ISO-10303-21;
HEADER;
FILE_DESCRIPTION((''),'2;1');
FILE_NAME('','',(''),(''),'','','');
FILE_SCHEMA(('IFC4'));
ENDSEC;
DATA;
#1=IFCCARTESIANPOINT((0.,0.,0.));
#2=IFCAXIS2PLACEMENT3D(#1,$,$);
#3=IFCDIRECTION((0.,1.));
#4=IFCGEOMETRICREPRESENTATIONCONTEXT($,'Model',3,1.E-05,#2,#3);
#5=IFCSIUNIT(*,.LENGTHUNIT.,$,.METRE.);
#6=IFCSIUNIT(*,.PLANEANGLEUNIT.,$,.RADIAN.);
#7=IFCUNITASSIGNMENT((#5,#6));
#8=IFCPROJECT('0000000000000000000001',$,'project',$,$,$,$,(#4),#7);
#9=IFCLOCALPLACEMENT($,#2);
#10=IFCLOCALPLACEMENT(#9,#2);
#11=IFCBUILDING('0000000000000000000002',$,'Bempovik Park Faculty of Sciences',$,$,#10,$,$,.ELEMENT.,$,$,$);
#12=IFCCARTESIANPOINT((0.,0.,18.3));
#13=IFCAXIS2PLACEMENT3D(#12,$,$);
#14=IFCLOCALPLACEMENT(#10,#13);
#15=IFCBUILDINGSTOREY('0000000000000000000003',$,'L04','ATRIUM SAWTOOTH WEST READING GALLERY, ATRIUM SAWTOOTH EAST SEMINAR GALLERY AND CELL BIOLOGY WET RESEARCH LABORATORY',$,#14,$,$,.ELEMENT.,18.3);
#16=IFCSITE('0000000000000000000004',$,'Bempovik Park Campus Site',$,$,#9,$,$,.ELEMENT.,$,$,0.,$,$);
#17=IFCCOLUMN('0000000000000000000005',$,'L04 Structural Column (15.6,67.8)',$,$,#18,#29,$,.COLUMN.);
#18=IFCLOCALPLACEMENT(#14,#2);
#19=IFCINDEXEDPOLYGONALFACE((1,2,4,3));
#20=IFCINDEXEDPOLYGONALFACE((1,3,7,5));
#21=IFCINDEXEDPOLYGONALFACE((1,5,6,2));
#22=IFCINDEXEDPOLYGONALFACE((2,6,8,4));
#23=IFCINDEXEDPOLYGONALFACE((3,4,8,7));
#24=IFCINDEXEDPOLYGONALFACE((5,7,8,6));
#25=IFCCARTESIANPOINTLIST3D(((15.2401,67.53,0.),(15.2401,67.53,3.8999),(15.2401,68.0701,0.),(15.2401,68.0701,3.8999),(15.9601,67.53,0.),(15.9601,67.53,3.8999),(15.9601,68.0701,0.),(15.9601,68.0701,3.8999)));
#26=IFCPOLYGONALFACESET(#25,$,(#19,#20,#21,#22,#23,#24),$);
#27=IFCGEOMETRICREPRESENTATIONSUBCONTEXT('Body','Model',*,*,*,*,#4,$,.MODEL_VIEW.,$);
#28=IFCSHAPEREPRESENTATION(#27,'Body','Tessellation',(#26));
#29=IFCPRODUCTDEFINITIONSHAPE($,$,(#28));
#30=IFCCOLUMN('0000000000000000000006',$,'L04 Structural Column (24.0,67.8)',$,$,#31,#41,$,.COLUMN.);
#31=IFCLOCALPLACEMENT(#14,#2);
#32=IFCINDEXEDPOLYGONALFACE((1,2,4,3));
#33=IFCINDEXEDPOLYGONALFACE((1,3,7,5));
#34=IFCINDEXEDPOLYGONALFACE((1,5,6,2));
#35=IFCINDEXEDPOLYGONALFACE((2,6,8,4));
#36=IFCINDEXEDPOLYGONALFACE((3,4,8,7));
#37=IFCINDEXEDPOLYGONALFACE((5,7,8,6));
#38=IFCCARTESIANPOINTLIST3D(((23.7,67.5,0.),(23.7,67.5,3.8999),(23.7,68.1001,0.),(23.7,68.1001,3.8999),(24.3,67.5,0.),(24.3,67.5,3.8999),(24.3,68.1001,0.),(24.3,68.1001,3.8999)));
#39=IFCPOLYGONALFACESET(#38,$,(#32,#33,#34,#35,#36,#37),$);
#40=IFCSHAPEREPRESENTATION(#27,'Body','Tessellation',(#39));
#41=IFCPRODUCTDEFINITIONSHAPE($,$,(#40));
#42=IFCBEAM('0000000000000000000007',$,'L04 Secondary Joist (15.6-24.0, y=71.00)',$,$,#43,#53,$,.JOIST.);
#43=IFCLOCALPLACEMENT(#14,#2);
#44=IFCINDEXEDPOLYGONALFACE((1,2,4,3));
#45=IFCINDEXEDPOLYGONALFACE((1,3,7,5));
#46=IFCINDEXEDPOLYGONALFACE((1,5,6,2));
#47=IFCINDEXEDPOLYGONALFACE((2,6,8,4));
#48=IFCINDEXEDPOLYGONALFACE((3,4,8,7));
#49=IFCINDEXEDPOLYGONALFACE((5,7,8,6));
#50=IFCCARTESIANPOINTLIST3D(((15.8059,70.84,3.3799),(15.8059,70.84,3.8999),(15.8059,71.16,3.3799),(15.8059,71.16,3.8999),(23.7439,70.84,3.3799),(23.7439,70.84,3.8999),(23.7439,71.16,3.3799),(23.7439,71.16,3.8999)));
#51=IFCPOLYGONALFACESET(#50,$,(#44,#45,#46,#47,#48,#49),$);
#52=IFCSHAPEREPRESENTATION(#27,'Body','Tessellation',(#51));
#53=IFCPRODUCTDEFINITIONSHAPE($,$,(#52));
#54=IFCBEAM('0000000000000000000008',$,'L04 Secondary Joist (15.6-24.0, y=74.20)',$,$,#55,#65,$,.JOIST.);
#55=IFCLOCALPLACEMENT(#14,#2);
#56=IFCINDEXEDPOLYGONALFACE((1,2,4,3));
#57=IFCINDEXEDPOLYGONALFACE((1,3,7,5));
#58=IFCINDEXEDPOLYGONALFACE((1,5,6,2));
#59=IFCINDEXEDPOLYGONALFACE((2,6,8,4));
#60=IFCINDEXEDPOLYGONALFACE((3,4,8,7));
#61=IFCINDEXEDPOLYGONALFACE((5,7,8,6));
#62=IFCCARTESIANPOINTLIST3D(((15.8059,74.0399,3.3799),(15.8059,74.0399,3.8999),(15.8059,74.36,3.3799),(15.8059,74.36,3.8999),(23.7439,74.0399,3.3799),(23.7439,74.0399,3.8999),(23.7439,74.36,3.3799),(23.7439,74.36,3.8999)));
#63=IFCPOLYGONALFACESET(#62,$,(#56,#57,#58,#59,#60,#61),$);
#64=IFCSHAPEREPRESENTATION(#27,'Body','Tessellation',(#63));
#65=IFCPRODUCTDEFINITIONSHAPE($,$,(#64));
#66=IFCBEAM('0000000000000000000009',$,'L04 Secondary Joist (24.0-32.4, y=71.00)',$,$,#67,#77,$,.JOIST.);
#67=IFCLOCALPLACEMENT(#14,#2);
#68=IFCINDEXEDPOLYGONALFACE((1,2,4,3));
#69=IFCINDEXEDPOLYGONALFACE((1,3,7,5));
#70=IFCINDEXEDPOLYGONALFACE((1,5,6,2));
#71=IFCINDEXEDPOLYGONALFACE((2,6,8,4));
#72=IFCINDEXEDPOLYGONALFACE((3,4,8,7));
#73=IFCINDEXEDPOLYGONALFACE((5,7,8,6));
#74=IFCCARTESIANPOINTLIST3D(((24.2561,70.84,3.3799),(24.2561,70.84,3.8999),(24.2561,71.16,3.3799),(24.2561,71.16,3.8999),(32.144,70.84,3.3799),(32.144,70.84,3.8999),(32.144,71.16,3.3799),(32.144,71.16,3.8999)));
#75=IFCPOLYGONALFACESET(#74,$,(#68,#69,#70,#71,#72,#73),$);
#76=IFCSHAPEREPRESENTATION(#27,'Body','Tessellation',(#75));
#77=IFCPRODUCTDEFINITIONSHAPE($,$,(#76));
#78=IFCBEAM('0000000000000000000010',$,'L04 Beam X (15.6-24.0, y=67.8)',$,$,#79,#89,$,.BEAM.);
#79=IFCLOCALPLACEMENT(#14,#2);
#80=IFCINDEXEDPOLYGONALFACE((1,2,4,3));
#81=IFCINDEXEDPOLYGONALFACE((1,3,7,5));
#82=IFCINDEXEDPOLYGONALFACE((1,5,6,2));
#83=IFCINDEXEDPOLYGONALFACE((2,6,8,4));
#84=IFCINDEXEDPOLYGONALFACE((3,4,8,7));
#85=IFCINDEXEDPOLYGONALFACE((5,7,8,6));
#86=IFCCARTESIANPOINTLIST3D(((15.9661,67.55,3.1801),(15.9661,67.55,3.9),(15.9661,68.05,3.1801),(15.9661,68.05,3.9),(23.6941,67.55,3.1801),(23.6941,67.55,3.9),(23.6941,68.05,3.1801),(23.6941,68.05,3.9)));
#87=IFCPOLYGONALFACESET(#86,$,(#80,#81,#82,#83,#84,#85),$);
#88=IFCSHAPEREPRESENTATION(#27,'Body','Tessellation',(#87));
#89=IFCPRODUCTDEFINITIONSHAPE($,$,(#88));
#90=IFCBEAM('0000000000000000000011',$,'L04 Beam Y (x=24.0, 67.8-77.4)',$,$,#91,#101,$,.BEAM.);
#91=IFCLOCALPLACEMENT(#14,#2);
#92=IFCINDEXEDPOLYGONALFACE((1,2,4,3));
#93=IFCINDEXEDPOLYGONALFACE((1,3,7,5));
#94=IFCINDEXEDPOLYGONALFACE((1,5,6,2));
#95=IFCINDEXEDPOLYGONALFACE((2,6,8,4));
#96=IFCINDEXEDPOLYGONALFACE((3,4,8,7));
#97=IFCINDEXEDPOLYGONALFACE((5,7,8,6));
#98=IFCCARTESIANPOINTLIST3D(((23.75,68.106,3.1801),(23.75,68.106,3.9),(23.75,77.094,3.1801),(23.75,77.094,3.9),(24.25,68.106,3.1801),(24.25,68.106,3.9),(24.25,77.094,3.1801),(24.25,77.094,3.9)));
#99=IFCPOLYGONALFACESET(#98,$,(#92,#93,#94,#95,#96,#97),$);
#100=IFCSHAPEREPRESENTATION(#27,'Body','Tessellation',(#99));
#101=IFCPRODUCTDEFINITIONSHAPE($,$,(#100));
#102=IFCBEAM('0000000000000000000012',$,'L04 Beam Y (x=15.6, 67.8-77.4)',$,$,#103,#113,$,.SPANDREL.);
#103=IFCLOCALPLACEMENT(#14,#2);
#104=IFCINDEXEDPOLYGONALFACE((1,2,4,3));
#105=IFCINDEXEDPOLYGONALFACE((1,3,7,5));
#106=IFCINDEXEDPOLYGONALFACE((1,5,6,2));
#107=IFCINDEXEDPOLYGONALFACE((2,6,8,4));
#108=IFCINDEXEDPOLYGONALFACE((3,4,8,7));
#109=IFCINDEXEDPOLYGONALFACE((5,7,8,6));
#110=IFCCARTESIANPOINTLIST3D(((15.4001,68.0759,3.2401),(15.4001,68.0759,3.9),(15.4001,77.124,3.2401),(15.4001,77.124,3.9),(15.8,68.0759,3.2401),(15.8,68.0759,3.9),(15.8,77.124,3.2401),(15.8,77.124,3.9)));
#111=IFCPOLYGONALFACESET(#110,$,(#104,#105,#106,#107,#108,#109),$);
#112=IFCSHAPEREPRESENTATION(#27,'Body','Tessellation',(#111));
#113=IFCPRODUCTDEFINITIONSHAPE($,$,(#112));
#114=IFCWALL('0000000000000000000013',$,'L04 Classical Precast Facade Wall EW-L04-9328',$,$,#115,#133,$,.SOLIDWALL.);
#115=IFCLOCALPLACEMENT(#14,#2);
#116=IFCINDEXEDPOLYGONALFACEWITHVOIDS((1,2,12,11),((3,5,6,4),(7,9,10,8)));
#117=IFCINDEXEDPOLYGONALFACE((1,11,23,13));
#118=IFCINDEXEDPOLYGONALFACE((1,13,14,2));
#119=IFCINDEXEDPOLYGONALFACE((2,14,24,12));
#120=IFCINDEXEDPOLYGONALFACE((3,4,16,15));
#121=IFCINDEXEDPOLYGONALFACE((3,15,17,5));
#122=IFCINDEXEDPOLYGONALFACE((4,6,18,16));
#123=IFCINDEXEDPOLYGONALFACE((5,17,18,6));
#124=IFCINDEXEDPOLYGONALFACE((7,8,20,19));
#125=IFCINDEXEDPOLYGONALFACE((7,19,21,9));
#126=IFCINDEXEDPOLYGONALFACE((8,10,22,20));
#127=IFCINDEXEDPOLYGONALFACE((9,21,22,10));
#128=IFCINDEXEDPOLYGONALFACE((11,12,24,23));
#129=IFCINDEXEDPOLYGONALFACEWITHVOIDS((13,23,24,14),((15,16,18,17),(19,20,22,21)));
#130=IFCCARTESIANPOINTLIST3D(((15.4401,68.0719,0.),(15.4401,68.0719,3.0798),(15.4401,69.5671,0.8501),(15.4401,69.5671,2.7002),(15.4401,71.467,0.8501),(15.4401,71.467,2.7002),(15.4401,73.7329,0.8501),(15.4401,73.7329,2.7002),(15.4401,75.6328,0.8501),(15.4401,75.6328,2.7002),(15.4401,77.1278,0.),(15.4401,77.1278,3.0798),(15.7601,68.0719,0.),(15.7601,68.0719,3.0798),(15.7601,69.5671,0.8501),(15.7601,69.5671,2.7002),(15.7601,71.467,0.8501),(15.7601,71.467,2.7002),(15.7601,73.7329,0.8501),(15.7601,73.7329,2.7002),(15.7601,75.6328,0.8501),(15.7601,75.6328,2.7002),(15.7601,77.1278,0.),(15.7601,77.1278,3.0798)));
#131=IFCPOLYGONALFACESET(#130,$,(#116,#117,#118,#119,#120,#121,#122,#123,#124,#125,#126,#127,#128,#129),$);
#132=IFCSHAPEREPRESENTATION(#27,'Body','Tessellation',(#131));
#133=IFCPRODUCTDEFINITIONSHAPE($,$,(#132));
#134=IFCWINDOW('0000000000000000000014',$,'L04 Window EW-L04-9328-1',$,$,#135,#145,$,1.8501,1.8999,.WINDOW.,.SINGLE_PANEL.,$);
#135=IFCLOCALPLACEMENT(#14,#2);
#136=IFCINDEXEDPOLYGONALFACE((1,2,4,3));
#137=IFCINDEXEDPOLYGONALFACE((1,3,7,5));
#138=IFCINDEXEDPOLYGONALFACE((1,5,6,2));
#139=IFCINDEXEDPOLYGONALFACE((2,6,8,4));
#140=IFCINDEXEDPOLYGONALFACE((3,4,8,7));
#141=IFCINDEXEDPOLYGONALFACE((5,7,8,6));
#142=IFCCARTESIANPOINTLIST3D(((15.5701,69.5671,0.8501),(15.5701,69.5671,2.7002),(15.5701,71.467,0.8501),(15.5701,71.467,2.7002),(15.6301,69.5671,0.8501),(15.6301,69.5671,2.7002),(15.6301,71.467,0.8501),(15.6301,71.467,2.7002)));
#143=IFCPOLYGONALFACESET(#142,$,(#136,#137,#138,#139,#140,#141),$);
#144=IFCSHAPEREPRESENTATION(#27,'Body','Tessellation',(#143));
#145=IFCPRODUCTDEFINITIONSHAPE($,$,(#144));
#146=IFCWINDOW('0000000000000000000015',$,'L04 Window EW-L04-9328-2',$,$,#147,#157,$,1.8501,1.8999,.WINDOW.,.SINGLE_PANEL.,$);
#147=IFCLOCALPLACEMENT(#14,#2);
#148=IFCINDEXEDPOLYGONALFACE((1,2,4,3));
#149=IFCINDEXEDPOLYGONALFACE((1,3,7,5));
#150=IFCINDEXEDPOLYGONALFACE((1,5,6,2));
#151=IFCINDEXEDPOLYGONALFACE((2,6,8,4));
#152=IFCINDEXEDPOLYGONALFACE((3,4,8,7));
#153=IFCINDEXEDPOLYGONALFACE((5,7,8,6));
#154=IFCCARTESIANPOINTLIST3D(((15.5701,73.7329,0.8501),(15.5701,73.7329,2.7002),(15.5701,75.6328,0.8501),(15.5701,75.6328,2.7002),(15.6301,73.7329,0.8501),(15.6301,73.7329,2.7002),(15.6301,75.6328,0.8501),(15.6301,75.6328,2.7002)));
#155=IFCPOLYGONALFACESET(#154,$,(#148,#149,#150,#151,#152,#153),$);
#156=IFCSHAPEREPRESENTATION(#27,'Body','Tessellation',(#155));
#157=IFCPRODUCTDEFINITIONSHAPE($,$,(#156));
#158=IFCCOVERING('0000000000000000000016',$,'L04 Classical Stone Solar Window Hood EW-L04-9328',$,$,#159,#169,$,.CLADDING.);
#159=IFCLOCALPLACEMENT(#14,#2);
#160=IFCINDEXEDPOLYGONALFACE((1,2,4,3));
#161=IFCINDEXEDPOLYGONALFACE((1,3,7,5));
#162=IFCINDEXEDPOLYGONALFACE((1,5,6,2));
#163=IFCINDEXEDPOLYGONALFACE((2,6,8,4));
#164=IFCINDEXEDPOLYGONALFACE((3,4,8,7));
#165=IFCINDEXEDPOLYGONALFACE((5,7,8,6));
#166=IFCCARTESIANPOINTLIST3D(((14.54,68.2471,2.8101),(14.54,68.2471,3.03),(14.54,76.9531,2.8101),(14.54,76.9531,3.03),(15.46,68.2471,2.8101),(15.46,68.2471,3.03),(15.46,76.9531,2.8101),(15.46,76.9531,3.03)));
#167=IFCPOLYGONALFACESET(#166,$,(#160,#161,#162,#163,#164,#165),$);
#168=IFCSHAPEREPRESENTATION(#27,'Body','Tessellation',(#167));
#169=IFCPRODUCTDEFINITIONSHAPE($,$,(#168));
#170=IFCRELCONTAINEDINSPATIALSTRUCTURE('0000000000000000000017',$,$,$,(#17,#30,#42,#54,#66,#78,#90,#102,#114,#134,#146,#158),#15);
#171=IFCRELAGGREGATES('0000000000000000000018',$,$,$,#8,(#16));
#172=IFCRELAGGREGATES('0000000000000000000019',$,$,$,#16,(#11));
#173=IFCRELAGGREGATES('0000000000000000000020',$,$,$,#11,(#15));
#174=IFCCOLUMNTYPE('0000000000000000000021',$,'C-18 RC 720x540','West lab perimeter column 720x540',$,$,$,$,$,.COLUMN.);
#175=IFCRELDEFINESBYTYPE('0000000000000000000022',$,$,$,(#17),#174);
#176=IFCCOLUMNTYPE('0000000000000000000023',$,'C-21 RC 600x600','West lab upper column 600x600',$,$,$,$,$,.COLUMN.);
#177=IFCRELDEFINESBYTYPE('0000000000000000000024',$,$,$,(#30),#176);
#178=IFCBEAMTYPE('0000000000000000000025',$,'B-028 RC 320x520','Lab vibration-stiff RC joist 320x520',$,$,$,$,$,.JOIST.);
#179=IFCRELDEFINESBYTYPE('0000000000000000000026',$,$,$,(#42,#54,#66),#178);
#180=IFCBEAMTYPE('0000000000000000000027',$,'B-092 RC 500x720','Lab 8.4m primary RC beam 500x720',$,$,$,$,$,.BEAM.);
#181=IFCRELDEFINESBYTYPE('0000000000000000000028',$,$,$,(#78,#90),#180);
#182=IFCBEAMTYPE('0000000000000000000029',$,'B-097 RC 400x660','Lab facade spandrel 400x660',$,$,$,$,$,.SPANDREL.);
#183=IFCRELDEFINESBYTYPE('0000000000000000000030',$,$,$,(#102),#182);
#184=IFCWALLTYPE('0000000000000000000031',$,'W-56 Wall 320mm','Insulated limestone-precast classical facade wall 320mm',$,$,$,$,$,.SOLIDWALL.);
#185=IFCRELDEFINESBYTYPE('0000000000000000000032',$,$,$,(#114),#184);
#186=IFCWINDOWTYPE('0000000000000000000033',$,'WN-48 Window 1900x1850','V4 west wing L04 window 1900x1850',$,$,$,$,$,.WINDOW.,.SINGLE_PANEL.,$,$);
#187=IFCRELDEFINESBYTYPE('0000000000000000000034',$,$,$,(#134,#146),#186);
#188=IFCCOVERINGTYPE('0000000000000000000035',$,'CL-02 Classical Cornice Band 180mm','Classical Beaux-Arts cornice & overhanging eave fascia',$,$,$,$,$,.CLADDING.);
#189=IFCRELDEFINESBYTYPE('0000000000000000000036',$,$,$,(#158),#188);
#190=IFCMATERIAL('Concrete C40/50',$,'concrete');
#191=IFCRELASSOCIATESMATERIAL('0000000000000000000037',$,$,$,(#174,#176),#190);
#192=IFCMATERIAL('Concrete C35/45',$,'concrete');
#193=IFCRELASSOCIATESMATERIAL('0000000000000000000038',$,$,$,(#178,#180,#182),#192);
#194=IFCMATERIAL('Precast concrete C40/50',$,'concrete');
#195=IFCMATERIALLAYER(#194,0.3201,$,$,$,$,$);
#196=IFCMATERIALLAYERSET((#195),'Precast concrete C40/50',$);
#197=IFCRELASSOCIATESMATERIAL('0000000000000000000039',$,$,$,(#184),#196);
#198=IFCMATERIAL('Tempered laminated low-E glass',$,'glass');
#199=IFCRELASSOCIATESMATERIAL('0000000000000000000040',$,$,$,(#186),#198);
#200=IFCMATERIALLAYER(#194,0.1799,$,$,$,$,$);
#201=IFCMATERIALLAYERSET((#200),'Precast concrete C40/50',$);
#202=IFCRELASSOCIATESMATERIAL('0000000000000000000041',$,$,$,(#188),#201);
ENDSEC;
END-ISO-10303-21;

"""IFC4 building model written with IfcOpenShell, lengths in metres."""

from ifc_helpers import new_model, si_unit, direction, frame, frame_2d, origin, origin_2d, place, context, subcontext, project, spatial, rectangle, extrude, material, layer, layer_set, material_profile, profile_set, type_object, element, fill, save


model = new_model("IFC4")

# Units and contexts
model_context = context("Model", 3, precision=1e-05, world=origin(), true_north=direction((0.0, 1.0)))
body_context = subcontext(model_context, "Body", "Model", "MODEL_VIEW")
ifc_project = project(units=[si_unit("LENGTHUNIT", "METRE"), si_unit("PLANEANGLEUNIT", "RADIAN")], contexts=[model_context])

# Site, building, storey
site_placement = place(None, origin())
site = spatial("IfcSite", under=ifc_project, at=site_placement, Name="Bempovik Park Campus Site", CompositionType="ELEMENT", RefElevation=0.0)
building_placement = place(site_placement, origin())
building = spatial("IfcBuilding", under=site, at=building_placement, Name="Bempovik Park Faculty of Sciences", CompositionType="ELEMENT")
storey_placement = place(building_placement, frame((0.0, 0.0, 18.3)))
storey = spatial("IfcBuildingStorey", under=building, at=storey_placement, Name="L04", Description="ATRIUM SAWTOOTH WEST READING GALLERY, ATRIUM SAWTOOTH EAST SEMINAR GALLERY AND CELL BIOLOGY WET RESEARCH LABORATORY", CompositionType="ELEMENT", Elevation=18.3)

# Columns
ifc_material_1 = material(Name="Concrete C40/50", Category="concrete")
ifc_material_profile_1 = material_profile(ifc_material_1, rectangle(XDim=0.72, YDim=0.54, at=origin_2d()), Name="RC 720x540")
ifc_profile_set_1 = profile_set([ifc_material_profile_1], Name="Concrete C40/50")
column_type_1 = type_object("IfcColumnType", Name="C-18 RC 720x540", Description="West lab perimeter column 720x540", PredefinedType="COLUMN", material=ifc_profile_set_1)
column_1_placement = place(storey_placement, frame((15.6001, 67.8, 0.0), z_axis=(0.0, 0.0, 1.0), x_axis=(1.0, 0.0, 0.0)))
element("IfcColumn", 1, at=column_1_placement, inside=storey, type_object=column_type_1, Name="L04 Structural Column (15.6,67.8)", PredefinedType="COLUMN", context=body_context, shape_type="SweptSolid", body=[
    extrude(rectangle(XDim=0.72, YDim=0.54, at=origin_2d()), origin(), (0.0, 0.0, 1.0), 3.8999),
])
ifc_material_profile_2 = material_profile(ifc_material_1, rectangle(XDim=0.6001, YDim=0.6001, at=origin_2d()), Name="RC 600x600")
ifc_profile_set_2 = profile_set([ifc_material_profile_2], Name="Concrete C40/50")
column_type_2 = type_object("IfcColumnType", Name="C-21 RC 600x600", Description="West lab upper column 600x600", PredefinedType="COLUMN", material=ifc_profile_set_2)
column_2_placement = place(storey_placement, frame((24.0, 67.8, 0.0), z_axis=(0.0, 0.0, 1.0), x_axis=(1.0, 0.0, 0.0)))
element("IfcColumn", 2, at=column_2_placement, inside=storey, type_object=column_type_2, Name="L04 Structural Column (24.0,67.8)", PredefinedType="COLUMN", context=body_context, shape_type="SweptSolid", body=[
    extrude(rectangle(XDim=0.6001, YDim=0.6001, at=origin_2d()), origin(), (0.0, 0.0, 1.0), 3.8999),
])

# Beams
ifc_material_2 = material(Name="Concrete C35/45", Category="concrete")
ifc_material_profile_3 = material_profile(ifc_material_2, rectangle(XDim=0.3201, YDim=0.52, at=origin_2d()), Name="RC 320x520")
ifc_profile_set_3 = profile_set([ifc_material_profile_3], Name="Concrete C35/45")
beam_type_1 = type_object("IfcBeamType", Name="B-028 RC 320x520", Description="Lab vibration-stiff RC joist 320x520", PredefinedType="JOIST", material=ifc_profile_set_3)
for number, where, z_axis, x_axis, name in (
    (3, (15.8059, 71.0, 3.6399), (1.0, 0.0, 0.0), (0.0, 1.0, 0.0), "L04 Secondary Joist (15.6-24.0, y=71.00)"),
    (4, (15.8059, 74.2, 3.6399), (1.0, 0.0, 0.0), (0.0, 1.0, 0.0), "L04 Secondary Joist (15.6-24.0, y=74.20)"),
):
    element("IfcBeam", number, at=place(storey_placement, frame(where, z_axis=z_axis, x_axis=x_axis)), inside=storey, type_object=beam_type_1, Name=name, PredefinedType="JOIST", context=body_context, shape_type="SweptSolid", body=[
        extrude(rectangle(XDim=0.3201, YDim=0.52, at=origin_2d()), origin(), (0.0, 0.0, 1.0), 7.938),
    ])
beam_1_placement = place(storey_placement, frame((24.2561, 71.0, 3.6399), z_axis=(1.0, 0.0, 0.0), x_axis=(0.0, 1.0, 0.0)))
element("IfcBeam", 5, at=beam_1_placement, inside=storey, type_object=beam_type_1, Name="L04 Secondary Joist (24.0-32.4, y=71.00)", PredefinedType="JOIST", context=body_context, shape_type="SweptSolid", body=[
    extrude(rectangle(XDim=0.3201, YDim=0.52, at=origin_2d()), origin(), (0.0, 0.0, 1.0), 7.8879),
])
ifc_material_profile_4 = material_profile(ifc_material_2, rectangle(XDim=0.5, YDim=0.72, at=origin_2d()), Name="RC 500x720")
ifc_profile_set_4 = profile_set([ifc_material_profile_4], Name="Concrete C35/45")
beam_type_2 = type_object("IfcBeamType", Name="B-092 RC 500x720", Description="Lab 8.4m primary RC beam 500x720", PredefinedType="BEAM", material=ifc_profile_set_4)
beam_2_placement = place(storey_placement, frame((15.9661, 67.8, 3.54), z_axis=(1.0, 0.0, 0.0), x_axis=(0.0, 1.0, 0.0)))
element("IfcBeam", 6, at=beam_2_placement, inside=storey, type_object=beam_type_2, Name="L04 Beam X (15.6-24.0, y=67.8)", PredefinedType="BEAM", context=body_context, shape_type="SweptSolid", body=[
    extrude(rectangle(XDim=0.5, YDim=0.72, at=origin_2d()), origin(), (0.0, 0.0, 1.0), 7.728),
])
beam_3_placement = place(storey_placement, frame((24.0, 68.106, 3.54), z_axis=(0.0, 1.0, 0.0), x_axis=(-1.0, 0.0, 0.0)))
element("IfcBeam", 7, at=beam_3_placement, inside=storey, type_object=beam_type_2, Name="L04 Beam Y (x=24.0, 67.8-77.4)", PredefinedType="BEAM", context=body_context, shape_type="SweptSolid", body=[
    extrude(rectangle(XDim=0.5, YDim=0.72, at=origin_2d()), origin(), (0.0, 0.0, 1.0), 8.988),
])
ifc_material_profile_5 = material_profile(ifc_material_2, rectangle(XDim=0.3999, YDim=0.6599, at=origin_2d()), Name="RC 400x660")
ifc_profile_set_5 = profile_set([ifc_material_profile_5], Name="Concrete C35/45")
beam_type_3 = type_object("IfcBeamType", Name="B-097 RC 400x660", Description="Lab facade spandrel 400x660", PredefinedType="SPANDREL", material=ifc_profile_set_5)
beam_4_placement = place(storey_placement, frame((15.6001, 68.0759, 3.5701), z_axis=(0.0, 1.0, 0.0), x_axis=(-1.0, 0.0, 0.0)))
element("IfcBeam", 8, at=beam_4_placement, inside=storey, type_object=beam_type_3, Name="L04 Beam Y (x=15.6, 67.8-77.4)", PredefinedType="SPANDREL", context=body_context, shape_type="SweptSolid", body=[
    extrude(rectangle(XDim=0.3999, YDim=0.6599, at=origin_2d()), origin(), (0.0, 0.0, 1.0), 9.0481),
])

# Wall, openings, windows
ifc_material_3 = material(Name="Precast concrete C40/50", Category="concrete")
ifc_layer_1 = layer(ifc_material_3, 0.3201)
ifc_layer_set_1 = layer_set([ifc_layer_1], Name="Precast concrete C40/50")
wall_type = type_object("IfcWallType", Name="W-56 Wall 320mm", Description="Insulated limestone-precast classical facade wall 320mm", PredefinedType="SOLIDWALL", material=ifc_layer_set_1)
wall_placement = place(storey_placement, frame((15.6001, 68.072, 0.0), z_axis=(0.0, 0.0, 1.0), x_axis=(0.0, 1.0, 0.0)))
wall = element("IfcWall", 9, at=wall_placement, inside=storey, type_object=wall_type, Name="L04 Classical Precast Facade Wall EW-L04-9328", PredefinedType="SOLIDWALL", context=body_context, shape_type="SweptSolid", body=[
    extrude(rectangle(XDim=9.0559, YDim=0.3201, at=frame_2d((4.5278, 0.0))), origin(), (0.0, 0.0, 1.0), 3.0798),
])
opening_1_placement = place(wall_placement, frame((1.4951, 0.0, 0.8501)))
opening_1 = element("IfcOpeningElement", 10, at=opening_1_placement, cuts=wall, PredefinedType="OPENING", context=body_context, shape_type="SweptSolid", body=[
    extrude(rectangle(XDim=1.8999, YDim=1.8501, at=frame_2d((0.95, 0.925))), frame((0.0, 0.1699, 0.0), z_axis=(0.0, -1.0, 0.0), x_axis=(1.0, 0.0, 0.0)), (0.0, 0.0, 1.0), 0.3401),
])
opening_2_placement = place(wall_placement, frame((5.6609, 0.0, 0.8501)))
opening_2 = element("IfcOpeningElement", 11, at=opening_2_placement, cuts=wall, PredefinedType="OPENING", context=body_context, shape_type="SweptSolid", body=[
    extrude(rectangle(XDim=1.8999, YDim=1.8501, at=frame_2d((0.95, 0.925))), frame((0.0, 0.1699, 0.0), z_axis=(0.0, -1.0, 0.0), x_axis=(1.0, 0.0, 0.0)), (0.0, 0.0, 1.0), 0.3401),
])
ifc_material_4 = material(Name="Tempered laminated low-E glass", Category="glass")
window_type = type_object("IfcWindowType", Name="WN-48 Window 1900x1850", Description="V4 west wing L04 window 1900x1850", PartitioningType="SINGLE_PANEL", PredefinedType="WINDOW", material=ifc_material_4)
window_1_placement = place(opening_1_placement, origin())
window_1 = element("IfcWindow", 12, at=window_1_placement, inside=storey, type_object=window_type, Name="L04 Window EW-L04-9328-1", OverallHeight=1.8501, OverallWidth=1.8999, PartitioningType="SINGLE_PANEL", PredefinedType="WINDOW", context=body_context, shape_type="SweptSolid", body=[
    extrude(rectangle(XDim=1.8999, YDim=1.8501, at=frame_2d((0.95, 0.925))), frame((0.0, 0.03, 0.0), z_axis=(0.0, -1.0, 0.0), x_axis=(1.0, 0.0, 0.0)), (0.0, 0.0, 1.0), 0.0601),
])
fill(opening_1, window_1)
window_2_placement = place(opening_2_placement, origin())
window_2 = element("IfcWindow", 13, at=window_2_placement, inside=storey, type_object=window_type, Name="L04 Window EW-L04-9328-2", OverallHeight=1.8501, OverallWidth=1.8999, PartitioningType="SINGLE_PANEL", PredefinedType="WINDOW", context=body_context, shape_type="SweptSolid", body=[
    extrude(rectangle(XDim=1.8999, YDim=1.8501, at=frame_2d((0.95, 0.925))), frame((0.0, 0.03, 0.0), z_axis=(0.0, -1.0, 0.0), x_axis=(1.0, 0.0, 0.0)), (0.0, 0.0, 1.0), 0.0601),
])
fill(opening_2, window_2)

# Covering
ifc_layer_2 = layer(ifc_material_3, 0.1799)
ifc_layer_set_2 = layer_set([ifc_layer_2], Name="Precast concrete C40/50")
covering_type_1 = type_object("IfcCoveringType", Name="CL-02 Classical Cornice Band 180mm", Description="Classical Beaux-Arts cornice & overhanging eave fascia", PredefinedType="CLADDING", material=ifc_layer_set_2)
covering_1_placement = place(storey_placement, frame((15.0, 72.6001, 2.8101), z_axis=(0.0, 0.0, 1.0), x_axis=(1.0, 0.0, 0.0)))
element("IfcCovering", 14, at=covering_1_placement, inside=storey, type_object=covering_type_1, Name="L04 Classical Stone Solar Window Hood EW-L04-9328", PredefinedType="CLADDING", context=body_context, shape_type="SweptSolid", body=[
    extrude(rectangle(XDim=0.9199, YDim=8.7061, at=origin_2d()), origin(), (0.0, 0.0, 1.0), 0.22),
])

save(model, "model.ifc")
